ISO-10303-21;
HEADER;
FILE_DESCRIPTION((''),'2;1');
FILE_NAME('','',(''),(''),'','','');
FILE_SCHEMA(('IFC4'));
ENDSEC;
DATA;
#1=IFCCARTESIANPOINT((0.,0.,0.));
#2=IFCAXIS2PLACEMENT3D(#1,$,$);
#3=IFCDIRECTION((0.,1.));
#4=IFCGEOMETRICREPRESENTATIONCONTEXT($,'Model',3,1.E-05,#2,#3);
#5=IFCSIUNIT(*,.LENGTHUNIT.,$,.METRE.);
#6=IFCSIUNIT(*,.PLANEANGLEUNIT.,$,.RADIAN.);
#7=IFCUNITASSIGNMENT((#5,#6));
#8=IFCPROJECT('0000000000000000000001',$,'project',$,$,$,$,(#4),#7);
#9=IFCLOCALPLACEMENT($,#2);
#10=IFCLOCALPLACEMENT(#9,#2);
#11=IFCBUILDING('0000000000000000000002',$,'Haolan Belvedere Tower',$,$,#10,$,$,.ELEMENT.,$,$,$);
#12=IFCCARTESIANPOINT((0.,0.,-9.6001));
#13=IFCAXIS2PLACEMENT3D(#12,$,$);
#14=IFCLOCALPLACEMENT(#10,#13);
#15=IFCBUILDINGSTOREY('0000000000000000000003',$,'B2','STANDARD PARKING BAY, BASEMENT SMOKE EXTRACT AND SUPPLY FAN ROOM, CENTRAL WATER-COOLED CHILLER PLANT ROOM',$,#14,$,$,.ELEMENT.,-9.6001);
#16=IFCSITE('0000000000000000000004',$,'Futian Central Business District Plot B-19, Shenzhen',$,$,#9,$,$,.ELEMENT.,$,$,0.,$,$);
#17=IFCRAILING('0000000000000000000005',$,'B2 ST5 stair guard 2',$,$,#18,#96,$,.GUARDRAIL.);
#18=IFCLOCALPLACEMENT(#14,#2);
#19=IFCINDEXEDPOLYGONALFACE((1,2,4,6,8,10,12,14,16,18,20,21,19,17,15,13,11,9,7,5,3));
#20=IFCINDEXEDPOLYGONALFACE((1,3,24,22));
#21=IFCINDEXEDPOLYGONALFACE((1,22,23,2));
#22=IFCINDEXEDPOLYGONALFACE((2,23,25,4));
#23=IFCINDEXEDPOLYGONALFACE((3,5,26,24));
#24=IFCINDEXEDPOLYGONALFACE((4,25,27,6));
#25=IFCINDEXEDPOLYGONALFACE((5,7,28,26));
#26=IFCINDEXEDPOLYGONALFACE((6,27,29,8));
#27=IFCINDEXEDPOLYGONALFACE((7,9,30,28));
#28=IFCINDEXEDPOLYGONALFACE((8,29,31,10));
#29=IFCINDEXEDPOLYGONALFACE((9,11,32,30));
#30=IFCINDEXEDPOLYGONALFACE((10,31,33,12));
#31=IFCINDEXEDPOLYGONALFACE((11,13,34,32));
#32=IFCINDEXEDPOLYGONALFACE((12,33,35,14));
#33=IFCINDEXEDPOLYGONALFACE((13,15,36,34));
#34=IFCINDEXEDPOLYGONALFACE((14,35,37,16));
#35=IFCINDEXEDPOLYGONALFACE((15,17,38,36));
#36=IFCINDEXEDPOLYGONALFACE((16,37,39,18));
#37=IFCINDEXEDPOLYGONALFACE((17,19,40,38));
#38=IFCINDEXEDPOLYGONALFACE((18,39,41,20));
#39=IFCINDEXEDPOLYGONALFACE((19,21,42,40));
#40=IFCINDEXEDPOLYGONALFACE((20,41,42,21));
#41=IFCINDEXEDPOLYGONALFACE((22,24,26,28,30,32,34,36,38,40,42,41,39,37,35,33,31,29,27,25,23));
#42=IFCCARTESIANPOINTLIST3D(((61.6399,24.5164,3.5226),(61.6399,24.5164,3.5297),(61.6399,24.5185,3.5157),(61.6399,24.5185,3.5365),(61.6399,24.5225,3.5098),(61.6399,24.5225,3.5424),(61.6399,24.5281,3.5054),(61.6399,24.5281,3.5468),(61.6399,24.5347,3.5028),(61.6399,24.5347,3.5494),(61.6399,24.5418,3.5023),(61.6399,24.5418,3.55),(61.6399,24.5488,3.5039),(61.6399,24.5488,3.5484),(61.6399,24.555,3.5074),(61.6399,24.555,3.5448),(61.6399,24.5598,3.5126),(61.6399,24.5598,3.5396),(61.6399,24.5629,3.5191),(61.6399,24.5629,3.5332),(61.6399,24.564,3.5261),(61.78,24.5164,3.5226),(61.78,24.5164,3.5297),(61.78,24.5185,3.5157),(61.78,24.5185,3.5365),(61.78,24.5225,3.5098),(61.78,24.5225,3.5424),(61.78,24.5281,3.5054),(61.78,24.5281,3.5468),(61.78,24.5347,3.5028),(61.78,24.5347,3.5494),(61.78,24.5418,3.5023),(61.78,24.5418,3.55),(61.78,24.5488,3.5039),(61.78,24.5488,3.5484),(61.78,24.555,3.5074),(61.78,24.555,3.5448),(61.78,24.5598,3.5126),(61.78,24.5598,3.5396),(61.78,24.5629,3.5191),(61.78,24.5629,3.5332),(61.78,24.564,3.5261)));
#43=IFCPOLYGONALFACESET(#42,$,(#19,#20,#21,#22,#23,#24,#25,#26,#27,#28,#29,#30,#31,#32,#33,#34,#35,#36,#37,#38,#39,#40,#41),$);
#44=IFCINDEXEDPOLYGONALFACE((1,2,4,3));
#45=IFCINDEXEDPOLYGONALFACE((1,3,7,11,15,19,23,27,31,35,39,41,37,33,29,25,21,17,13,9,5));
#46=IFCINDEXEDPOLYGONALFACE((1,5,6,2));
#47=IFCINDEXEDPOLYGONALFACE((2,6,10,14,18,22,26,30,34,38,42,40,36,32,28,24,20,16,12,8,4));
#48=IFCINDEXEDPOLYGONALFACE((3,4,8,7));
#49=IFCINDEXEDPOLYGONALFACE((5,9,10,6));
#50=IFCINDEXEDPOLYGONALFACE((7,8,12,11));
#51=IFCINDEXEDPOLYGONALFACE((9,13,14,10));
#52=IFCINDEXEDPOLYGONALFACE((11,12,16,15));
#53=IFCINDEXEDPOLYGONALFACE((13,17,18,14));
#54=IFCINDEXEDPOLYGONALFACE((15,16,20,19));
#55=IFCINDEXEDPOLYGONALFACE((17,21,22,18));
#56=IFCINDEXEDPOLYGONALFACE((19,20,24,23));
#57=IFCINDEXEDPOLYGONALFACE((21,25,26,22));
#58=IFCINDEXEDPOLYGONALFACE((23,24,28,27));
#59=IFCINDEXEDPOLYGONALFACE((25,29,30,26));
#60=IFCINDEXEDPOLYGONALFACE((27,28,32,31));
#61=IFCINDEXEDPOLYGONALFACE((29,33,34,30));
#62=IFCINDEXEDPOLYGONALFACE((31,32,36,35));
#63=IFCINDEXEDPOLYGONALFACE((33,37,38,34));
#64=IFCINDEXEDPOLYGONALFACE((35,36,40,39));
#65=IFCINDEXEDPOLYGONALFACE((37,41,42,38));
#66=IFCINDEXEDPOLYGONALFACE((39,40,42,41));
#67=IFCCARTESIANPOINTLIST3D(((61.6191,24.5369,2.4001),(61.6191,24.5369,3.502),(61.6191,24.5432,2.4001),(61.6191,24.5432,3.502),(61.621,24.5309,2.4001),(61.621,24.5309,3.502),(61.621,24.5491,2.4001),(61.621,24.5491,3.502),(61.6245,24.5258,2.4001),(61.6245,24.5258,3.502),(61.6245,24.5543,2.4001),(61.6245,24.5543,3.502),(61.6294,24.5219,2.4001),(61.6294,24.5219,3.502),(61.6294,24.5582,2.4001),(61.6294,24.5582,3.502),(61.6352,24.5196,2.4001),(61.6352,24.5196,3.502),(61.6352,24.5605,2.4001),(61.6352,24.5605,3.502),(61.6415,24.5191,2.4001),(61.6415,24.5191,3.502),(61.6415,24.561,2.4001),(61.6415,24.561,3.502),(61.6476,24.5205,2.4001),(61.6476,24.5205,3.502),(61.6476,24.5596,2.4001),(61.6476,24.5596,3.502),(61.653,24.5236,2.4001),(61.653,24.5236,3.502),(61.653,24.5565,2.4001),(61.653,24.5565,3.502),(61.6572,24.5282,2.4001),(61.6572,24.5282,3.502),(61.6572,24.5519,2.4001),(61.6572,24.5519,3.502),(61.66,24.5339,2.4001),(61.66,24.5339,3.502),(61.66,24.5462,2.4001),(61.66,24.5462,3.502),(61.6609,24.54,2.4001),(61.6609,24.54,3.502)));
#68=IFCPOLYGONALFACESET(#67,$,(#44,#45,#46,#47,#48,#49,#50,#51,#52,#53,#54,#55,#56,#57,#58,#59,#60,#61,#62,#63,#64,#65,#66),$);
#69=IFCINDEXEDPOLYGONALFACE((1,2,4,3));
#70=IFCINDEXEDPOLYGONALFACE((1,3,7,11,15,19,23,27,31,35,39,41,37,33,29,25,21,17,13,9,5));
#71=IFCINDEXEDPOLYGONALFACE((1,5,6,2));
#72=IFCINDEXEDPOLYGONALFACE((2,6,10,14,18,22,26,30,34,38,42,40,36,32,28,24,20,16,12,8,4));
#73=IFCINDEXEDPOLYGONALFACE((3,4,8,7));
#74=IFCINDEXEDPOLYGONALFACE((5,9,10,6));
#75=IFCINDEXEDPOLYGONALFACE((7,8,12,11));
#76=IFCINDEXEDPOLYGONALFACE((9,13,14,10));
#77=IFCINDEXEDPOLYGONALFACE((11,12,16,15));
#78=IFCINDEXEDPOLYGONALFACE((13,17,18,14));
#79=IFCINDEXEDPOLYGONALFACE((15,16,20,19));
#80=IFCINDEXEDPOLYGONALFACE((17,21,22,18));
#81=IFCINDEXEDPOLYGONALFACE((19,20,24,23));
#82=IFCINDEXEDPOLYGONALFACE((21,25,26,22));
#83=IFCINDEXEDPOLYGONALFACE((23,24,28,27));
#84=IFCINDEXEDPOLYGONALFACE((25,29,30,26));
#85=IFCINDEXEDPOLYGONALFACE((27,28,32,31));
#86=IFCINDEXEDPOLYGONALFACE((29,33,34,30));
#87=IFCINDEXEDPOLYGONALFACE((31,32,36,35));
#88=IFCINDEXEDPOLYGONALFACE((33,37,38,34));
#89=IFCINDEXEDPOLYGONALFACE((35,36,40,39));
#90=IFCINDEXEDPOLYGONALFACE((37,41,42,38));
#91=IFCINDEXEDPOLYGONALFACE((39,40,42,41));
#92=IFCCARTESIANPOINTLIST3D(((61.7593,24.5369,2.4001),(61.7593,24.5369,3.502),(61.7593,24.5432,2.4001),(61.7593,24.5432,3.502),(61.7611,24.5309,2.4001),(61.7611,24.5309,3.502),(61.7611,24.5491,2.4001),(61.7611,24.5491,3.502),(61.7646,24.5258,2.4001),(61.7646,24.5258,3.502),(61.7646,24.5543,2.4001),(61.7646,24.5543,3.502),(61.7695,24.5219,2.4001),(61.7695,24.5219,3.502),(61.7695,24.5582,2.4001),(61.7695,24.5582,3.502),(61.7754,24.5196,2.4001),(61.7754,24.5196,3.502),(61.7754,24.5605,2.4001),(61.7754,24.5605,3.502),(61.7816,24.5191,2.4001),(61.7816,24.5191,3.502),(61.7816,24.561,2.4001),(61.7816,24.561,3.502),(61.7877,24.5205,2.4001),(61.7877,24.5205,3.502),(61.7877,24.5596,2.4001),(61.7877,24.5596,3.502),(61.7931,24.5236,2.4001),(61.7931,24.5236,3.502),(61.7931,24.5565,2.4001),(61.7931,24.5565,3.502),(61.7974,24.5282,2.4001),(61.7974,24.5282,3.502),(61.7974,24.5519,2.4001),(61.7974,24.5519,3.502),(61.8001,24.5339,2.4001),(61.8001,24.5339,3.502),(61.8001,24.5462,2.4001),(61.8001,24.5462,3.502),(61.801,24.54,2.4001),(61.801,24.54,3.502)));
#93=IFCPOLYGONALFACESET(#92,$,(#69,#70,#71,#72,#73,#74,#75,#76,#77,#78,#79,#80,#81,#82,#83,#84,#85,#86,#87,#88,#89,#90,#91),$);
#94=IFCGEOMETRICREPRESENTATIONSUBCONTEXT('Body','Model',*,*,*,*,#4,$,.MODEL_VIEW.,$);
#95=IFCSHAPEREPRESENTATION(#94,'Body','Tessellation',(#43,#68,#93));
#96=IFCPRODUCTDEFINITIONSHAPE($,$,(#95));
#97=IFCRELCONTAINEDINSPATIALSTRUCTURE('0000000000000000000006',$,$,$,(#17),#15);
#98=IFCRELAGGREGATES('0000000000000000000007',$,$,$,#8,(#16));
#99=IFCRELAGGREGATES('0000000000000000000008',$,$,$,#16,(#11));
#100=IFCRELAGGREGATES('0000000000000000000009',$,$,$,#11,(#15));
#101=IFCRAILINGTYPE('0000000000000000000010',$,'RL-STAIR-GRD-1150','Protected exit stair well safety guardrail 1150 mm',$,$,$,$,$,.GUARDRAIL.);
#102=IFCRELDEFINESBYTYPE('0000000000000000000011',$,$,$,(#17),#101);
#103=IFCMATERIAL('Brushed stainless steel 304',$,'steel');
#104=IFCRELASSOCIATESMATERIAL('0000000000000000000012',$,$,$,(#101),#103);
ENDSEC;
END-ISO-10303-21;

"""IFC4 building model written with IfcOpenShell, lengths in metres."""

from ifc_helpers import new_model, si_unit, direction, frame, origin, origin_2d, place, context, subcontext, project, spatial, circle, extrude, material, type_object, element, save


model = new_model("IFC4")

# Units and contexts
model_context = context("Model", 3, precision=1e-05, world=origin(), true_north=direction((0.0, 1.0)))
body_context = subcontext(model_context, "Body", "Model", "MODEL_VIEW")
ifc_project = project(units=[si_unit("LENGTHUNIT", "METRE"), si_unit("PLANEANGLEUNIT", "RADIAN")], contexts=[model_context])

# Site, building, storey
site_placement = place(None, origin())
site = spatial("IfcSite", under=ifc_project, at=site_placement, Name="Futian Central Business District Plot B-19, Shenzhen", CompositionType="ELEMENT", RefElevation=0.0)
building_placement = place(site_placement, origin())
building = spatial("IfcBuilding", under=site, at=building_placement, Name="Haolan Belvedere Tower", CompositionType="ELEMENT")
storey_placement = place(building_placement, frame((0.0, 0.0, -9.6001)))
storey = spatial("IfcBuildingStorey", under=building, at=storey_placement, Name="B2", Description="STANDARD PARKING BAY, BASEMENT SMOKE EXTRACT AND SUPPLY FAN ROOM, CENTRAL WATER-COOLED CHILLER PLANT ROOM", CompositionType="ELEMENT", Elevation=-9.6001)

# Railing
ifc_material_1 = material(Name="Brushed stainless steel 304", Category="steel")
railing_type_1 = type_object("IfcRailingType", Name="RL-STAIR-GRD-1150", Description="Protected exit stair well safety guardrail 1150 mm", PredefinedType="GUARDRAIL", material=ifc_material_1)
railing_1_placement = place(storey_placement, frame((61.6399, 24.54, 2.4001)))
element("IfcRailing", 1, at=railing_1_placement, inside=storey, type_object=railing_type_1, Name="B2 ST5 stair guard 2", PredefinedType="GUARDRAIL", context=body_context, shape_type="SweptSolid", body=[
    extrude(circle(Radius=0.0239, at=origin_2d()), frame((0.0, 0.0, 1.126), z_axis=(1.0, 0.0, 0.0), x_axis=(0.0, 1.0, 0.0)), (0.0, 0.0, 1.0), 0.1401),
    extrude(circle(Radius=0.021, at=origin_2d()), origin(), (0.0, 0.0, 1.0), 1.1018),
    extrude(circle(Radius=0.021, at=origin_2d()), frame((0.1401, 0.0, 0.0)), (0.0, 0.0, 1.0), 1.1018),
])

save(model, "model.ifc")
